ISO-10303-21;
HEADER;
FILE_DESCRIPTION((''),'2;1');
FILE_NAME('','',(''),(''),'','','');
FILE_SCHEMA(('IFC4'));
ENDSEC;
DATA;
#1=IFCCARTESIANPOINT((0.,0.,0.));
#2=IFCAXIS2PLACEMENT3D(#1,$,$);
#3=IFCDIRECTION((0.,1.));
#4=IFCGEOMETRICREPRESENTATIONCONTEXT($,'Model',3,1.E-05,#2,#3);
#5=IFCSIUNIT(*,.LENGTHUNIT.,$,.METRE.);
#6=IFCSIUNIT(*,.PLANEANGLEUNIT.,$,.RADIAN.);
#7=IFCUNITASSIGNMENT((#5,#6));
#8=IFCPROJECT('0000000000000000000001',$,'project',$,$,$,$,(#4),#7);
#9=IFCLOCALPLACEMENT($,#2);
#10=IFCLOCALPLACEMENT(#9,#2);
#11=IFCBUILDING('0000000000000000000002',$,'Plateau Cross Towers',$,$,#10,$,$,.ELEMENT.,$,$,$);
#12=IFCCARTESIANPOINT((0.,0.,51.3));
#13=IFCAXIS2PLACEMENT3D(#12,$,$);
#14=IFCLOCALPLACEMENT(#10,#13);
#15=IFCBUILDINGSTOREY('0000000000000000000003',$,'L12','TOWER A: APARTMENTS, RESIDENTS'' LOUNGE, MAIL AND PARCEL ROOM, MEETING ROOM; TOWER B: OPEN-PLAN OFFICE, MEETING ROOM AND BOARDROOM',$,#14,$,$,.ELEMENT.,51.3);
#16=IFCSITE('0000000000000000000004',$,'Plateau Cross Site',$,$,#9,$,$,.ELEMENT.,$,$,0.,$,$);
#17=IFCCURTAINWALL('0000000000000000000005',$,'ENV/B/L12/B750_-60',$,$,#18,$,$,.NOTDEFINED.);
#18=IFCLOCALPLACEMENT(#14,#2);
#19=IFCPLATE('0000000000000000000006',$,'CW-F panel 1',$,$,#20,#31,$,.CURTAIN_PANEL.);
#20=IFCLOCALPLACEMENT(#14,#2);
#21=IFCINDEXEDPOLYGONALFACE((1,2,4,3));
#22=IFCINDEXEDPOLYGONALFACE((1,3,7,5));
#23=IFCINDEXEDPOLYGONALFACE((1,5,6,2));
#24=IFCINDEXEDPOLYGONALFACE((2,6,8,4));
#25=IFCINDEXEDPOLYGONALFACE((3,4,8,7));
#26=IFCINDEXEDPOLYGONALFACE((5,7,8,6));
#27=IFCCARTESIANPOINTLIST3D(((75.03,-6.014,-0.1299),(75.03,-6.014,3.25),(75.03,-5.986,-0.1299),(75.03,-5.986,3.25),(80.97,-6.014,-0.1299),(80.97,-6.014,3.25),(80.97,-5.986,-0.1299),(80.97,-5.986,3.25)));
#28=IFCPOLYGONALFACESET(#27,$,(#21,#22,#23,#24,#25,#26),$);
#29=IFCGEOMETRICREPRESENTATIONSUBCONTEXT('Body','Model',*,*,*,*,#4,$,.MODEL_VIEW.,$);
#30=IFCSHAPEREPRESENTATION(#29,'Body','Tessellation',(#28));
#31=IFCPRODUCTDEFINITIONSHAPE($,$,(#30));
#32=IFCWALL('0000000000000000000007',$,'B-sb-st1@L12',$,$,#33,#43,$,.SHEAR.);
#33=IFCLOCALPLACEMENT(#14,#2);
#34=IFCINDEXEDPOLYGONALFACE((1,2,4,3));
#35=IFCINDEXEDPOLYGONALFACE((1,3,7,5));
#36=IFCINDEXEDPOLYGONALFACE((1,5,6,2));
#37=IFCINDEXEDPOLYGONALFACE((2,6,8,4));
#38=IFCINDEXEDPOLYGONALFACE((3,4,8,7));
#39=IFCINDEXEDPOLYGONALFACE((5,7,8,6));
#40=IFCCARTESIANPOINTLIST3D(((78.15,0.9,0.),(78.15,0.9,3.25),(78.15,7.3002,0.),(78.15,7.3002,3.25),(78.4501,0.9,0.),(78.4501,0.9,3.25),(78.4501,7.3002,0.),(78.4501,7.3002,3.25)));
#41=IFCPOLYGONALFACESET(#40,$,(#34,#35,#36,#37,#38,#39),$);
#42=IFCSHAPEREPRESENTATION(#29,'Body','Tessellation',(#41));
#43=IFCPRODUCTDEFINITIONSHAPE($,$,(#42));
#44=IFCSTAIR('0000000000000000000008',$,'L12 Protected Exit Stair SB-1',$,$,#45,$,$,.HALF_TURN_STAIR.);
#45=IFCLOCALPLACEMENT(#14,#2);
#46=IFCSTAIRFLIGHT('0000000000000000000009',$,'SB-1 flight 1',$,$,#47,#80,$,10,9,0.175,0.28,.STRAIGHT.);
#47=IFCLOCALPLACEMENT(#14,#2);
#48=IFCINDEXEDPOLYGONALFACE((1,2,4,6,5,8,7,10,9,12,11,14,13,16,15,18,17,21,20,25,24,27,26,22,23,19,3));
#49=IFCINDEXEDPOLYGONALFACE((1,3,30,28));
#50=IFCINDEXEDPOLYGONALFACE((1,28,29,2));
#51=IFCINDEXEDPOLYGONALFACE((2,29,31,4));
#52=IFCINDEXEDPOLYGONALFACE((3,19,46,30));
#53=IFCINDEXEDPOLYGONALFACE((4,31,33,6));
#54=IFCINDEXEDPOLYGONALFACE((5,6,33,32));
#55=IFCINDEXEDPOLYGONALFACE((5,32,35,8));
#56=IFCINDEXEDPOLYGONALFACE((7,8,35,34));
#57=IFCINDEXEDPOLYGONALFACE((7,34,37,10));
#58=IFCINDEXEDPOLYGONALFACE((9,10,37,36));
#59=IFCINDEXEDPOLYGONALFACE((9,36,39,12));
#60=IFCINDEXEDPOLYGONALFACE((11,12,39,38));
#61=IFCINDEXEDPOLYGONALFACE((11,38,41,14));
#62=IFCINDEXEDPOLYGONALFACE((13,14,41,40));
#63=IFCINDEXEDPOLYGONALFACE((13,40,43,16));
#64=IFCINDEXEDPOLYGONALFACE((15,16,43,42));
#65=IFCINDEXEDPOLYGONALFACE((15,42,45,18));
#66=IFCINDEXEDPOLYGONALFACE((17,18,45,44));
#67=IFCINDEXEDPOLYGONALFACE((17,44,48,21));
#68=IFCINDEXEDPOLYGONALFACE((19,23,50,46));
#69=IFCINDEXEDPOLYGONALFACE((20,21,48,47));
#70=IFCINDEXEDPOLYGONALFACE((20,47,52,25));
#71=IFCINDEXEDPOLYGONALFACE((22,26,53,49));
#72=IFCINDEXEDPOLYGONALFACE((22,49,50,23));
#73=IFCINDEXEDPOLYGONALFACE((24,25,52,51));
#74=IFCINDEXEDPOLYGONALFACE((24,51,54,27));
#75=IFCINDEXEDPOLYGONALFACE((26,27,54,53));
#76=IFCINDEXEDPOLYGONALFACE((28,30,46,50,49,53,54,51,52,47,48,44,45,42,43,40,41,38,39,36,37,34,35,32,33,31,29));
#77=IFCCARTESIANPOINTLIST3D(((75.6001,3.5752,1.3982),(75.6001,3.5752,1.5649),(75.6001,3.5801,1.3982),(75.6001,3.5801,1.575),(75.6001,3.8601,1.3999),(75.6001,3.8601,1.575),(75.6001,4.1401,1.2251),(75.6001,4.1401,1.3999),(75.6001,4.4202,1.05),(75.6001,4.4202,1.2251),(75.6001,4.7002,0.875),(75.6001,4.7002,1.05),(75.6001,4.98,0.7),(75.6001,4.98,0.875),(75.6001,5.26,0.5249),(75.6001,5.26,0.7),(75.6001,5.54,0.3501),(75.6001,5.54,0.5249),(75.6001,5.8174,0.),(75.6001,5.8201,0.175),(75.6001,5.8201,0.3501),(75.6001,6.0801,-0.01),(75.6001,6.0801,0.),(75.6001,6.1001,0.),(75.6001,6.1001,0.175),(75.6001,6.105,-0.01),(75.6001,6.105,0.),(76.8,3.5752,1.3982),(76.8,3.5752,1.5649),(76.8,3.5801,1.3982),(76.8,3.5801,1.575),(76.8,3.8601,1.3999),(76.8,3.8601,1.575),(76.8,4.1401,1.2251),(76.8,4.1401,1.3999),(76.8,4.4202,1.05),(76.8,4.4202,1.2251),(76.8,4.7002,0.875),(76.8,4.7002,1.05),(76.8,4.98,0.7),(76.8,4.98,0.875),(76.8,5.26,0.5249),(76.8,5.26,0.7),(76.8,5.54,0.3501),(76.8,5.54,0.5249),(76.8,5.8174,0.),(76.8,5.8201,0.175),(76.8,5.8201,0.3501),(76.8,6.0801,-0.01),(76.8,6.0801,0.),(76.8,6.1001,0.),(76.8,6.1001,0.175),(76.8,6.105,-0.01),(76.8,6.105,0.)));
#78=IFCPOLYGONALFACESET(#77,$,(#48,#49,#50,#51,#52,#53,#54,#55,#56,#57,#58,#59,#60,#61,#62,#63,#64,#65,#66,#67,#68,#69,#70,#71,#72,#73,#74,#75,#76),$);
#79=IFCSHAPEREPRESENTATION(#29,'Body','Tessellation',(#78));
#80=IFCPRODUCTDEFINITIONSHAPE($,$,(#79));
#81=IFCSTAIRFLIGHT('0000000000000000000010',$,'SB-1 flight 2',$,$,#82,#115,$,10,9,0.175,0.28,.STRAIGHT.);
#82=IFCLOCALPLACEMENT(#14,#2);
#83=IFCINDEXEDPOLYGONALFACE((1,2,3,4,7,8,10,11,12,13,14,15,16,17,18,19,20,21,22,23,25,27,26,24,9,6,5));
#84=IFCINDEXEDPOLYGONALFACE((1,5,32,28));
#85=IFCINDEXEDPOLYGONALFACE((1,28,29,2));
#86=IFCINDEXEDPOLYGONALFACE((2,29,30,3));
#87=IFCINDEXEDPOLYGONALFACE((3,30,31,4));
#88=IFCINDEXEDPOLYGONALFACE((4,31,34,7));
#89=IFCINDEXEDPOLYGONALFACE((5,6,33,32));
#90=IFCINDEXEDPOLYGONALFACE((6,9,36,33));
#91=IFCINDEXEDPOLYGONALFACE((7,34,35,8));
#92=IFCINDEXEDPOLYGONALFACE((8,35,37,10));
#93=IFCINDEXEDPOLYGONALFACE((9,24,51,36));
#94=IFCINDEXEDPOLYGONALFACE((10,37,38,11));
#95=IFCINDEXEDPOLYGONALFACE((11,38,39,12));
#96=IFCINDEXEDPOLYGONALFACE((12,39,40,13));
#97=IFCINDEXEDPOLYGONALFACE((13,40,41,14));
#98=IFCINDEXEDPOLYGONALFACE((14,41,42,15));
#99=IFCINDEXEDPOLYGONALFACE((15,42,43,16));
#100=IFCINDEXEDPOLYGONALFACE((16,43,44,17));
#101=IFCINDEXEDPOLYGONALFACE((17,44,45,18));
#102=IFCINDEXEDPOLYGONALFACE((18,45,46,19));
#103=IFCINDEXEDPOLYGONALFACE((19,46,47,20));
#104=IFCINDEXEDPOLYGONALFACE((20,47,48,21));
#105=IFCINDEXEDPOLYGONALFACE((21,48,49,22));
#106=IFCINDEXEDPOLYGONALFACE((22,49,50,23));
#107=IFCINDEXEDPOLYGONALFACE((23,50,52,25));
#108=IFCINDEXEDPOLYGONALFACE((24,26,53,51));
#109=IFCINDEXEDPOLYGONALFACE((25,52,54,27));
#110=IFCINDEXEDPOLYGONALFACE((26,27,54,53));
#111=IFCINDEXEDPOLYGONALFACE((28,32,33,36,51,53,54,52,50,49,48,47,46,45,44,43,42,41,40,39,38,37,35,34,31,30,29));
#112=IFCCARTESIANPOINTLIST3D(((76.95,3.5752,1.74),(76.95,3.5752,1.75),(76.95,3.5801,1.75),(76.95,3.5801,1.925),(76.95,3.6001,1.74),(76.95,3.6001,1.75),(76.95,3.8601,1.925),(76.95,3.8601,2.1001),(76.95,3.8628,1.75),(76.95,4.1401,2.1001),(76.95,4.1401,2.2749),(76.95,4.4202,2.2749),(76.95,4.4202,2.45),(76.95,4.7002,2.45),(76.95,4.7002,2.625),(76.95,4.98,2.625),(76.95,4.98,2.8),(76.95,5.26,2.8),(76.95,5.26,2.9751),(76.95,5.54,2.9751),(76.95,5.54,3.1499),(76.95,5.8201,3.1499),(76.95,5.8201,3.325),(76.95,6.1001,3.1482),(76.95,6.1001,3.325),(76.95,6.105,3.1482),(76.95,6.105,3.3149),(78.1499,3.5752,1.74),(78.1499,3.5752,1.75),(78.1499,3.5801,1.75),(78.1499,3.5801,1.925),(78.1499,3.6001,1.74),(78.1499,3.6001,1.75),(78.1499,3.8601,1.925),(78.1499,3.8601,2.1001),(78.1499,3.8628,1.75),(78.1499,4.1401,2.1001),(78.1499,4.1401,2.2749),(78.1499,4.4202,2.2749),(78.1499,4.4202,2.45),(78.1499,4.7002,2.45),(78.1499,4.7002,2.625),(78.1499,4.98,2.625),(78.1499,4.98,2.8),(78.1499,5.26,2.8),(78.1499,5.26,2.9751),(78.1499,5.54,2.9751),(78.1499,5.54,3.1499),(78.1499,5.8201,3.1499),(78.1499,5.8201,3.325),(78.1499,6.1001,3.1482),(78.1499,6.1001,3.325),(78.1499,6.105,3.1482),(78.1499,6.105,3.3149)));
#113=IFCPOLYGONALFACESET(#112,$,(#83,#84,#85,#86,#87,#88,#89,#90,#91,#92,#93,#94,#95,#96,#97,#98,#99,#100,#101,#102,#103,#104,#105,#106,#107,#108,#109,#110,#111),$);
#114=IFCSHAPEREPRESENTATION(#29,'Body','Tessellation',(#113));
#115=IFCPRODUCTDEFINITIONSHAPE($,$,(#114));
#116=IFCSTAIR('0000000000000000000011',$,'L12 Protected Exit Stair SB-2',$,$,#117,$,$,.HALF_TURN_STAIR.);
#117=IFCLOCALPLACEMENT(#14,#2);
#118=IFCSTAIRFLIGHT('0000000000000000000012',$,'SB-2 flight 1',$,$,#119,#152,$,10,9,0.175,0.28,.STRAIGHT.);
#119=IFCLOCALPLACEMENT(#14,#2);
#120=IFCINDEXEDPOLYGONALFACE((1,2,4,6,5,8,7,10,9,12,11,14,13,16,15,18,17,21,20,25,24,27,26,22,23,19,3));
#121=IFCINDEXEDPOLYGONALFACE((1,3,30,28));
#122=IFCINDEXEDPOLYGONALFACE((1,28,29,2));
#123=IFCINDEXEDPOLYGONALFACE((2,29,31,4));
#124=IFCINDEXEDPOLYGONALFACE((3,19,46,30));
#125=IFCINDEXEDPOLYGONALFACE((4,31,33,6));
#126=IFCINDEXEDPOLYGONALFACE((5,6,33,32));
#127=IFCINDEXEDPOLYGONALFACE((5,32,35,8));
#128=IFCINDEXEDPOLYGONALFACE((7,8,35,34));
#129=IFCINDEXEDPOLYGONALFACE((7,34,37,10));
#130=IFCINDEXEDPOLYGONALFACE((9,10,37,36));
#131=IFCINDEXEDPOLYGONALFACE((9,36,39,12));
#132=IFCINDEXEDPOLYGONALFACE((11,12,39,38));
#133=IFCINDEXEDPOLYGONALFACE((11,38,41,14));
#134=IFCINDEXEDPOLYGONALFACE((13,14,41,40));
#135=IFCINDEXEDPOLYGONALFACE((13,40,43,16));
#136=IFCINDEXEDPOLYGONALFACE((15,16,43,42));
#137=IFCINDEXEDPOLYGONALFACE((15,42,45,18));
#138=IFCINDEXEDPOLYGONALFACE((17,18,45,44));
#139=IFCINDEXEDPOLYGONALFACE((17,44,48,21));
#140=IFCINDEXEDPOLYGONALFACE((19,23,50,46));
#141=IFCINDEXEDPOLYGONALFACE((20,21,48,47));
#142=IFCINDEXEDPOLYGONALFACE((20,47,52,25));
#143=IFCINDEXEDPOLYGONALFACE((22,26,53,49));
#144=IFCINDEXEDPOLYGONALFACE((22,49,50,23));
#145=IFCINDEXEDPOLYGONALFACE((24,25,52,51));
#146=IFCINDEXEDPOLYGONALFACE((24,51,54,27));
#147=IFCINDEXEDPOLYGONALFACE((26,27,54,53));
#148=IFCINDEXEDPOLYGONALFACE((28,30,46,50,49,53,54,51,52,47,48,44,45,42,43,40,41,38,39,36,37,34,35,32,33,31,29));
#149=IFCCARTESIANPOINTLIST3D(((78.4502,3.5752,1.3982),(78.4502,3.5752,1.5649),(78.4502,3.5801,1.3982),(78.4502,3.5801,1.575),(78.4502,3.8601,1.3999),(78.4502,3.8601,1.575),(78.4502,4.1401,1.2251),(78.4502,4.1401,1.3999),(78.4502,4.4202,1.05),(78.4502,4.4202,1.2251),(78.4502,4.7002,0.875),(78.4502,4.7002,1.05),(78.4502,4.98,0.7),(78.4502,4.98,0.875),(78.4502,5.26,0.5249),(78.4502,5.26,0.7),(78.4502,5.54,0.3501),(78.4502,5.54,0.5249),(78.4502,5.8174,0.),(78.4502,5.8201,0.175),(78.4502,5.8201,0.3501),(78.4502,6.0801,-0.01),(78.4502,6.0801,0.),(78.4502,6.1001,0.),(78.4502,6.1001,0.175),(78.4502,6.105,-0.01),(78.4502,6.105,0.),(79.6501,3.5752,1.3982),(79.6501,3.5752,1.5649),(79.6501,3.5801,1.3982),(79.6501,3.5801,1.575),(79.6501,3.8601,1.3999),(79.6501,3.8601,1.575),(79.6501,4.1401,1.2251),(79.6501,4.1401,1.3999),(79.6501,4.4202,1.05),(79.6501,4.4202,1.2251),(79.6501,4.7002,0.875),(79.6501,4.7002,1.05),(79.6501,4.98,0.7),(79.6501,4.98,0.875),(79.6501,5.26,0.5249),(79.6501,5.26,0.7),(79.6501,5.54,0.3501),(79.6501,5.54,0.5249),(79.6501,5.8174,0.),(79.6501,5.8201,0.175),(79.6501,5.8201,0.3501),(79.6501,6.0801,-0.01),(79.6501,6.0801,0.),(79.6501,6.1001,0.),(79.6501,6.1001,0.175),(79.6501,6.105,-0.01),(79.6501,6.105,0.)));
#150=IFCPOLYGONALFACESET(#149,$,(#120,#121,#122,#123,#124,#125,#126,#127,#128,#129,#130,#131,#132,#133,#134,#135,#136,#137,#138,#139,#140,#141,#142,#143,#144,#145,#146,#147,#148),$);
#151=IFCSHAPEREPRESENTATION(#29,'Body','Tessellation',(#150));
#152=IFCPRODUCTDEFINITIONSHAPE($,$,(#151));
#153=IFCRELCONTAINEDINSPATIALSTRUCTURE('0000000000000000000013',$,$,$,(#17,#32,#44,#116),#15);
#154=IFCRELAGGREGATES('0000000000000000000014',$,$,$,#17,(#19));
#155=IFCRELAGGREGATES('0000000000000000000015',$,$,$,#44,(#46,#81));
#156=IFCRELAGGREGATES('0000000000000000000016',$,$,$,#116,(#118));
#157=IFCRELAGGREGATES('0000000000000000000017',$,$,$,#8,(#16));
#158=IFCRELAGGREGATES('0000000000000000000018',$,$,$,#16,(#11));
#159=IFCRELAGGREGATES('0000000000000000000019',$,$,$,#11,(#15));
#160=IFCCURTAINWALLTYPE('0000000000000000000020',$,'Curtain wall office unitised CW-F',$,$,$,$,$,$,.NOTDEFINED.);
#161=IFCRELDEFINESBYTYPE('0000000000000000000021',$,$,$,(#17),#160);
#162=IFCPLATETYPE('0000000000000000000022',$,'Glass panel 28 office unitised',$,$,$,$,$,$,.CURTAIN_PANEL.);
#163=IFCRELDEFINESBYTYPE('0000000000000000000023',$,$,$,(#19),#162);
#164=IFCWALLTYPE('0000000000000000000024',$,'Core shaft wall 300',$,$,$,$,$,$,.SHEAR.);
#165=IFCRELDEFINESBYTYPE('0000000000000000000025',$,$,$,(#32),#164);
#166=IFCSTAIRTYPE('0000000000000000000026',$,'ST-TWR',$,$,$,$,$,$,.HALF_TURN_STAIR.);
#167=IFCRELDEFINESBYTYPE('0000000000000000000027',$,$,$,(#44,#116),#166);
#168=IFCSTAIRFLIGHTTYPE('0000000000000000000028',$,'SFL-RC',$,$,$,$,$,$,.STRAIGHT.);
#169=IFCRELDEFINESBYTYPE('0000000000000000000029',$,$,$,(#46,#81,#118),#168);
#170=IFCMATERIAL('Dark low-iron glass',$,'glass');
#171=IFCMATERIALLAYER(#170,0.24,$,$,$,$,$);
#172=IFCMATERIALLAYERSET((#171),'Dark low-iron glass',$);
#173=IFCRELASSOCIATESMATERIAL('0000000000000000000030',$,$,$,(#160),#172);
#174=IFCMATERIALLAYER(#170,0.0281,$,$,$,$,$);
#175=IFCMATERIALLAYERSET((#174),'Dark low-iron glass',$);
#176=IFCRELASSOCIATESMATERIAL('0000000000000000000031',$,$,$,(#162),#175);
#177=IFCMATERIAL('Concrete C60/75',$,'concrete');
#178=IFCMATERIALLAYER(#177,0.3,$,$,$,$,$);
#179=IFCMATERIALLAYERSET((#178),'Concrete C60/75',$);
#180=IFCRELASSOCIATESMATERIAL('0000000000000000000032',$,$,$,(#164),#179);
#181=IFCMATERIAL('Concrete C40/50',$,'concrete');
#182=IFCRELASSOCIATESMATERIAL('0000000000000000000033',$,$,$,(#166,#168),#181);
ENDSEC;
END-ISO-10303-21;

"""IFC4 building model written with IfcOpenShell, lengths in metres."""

from ifc_helpers import new_model, si_unit, direction, frame, frame_2d, origin, origin_2d, place, context, subcontext, project, spatial, polyline, rectangle, outline, extrude, material, layer, layer_set, type_object, element, aggregate, save


model = new_model("IFC4")

# Units and contexts
model_context = context("Model", 3, precision=1e-05, world=origin(), true_north=direction((0.0, 1.0)))
body_context = subcontext(model_context, "Body", "Model", "MODEL_VIEW")
ifc_project = project(units=[si_unit("LENGTHUNIT", "METRE"), si_unit("PLANEANGLEUNIT", "RADIAN")], contexts=[model_context])

# Site, building, storey
site_placement = place(None, origin())
site = spatial("IfcSite", under=ifc_project, at=site_placement, Name="Plateau Cross Site", CompositionType="ELEMENT", RefElevation=0.0)
building_placement = place(site_placement, origin())
building = spatial("IfcBuilding", under=site, at=building_placement, Name="Plateau Cross Towers", CompositionType="ELEMENT")
storey_placement = place(building_placement, frame((0.0, 0.0, 51.3)))
storey = spatial("IfcBuildingStorey", under=building, at=storey_placement, Name="L12", Description="TOWER A: APARTMENTS, RESIDENTS' LOUNGE, MAIL AND PARCEL ROOM, MEETING ROOM; TOWER B: OPEN-PLAN OFFICE, MEETING ROOM AND BOARDROOM", CompositionType="ELEMENT", Elevation=51.3)

# Curtain wall, plate
ifc_material_1 = material(Name="Dark low-iron glass", Category="glass")
ifc_layer_1 = layer(ifc_material_1, 0.24)
ifc_layer_set_1 = layer_set([ifc_layer_1], Name="Dark low-iron glass")
curtain_wall_type = type_object("IfcCurtainWallType", Name="Curtain wall office unitised CW-F", PredefinedType="NOTDEFINED", material=ifc_layer_set_1)
curtain_wall_placement = place(storey_placement, origin())
curtain_wall = element("IfcCurtainWall", 1, at=curtain_wall_placement, inside=storey, type_object=curtain_wall_type, Name="ENV/B/L12/B750_-60", PredefinedType="NOTDEFINED")
ifc_layer_2 = layer(ifc_material_1, 0.0281)
ifc_layer_set_2 = layer_set([ifc_layer_2], Name="Dark low-iron glass")
plate_type = type_object("IfcPlateType", Name="Glass panel 28 office unitised", PredefinedType="CURTAIN_PANEL", material=ifc_layer_set_2)
plate_placement = place(storey_placement, frame((78.0, -6.0, -0.1299), z_axis=(0.0, 0.0, 1.0), x_axis=(1.0, 0.0, 0.0)))
plate = element("IfcPlate", 2, at=plate_placement, type_object=plate_type, Name="CW-F panel 1", PredefinedType="CURTAIN_PANEL", context=body_context, shape_type="SweptSolid", body=[
    extrude(rectangle(XDim=5.9399, YDim=0.0281, at=origin_2d()), origin(), (0.0, 0.0, 1.0), 3.3799),
])
aggregate(curtain_wall, [plate])

# Wall
ifc_material_2 = material(Name="Concrete C60/75", Category="concrete")
ifc_layer_3 = layer(ifc_material_2, 0.3)
ifc_layer_set_3 = layer_set([ifc_layer_3], Name="Concrete C60/75")
wall_type_1 = type_object("IfcWallType", Name="Core shaft wall 300", PredefinedType="SHEAR", material=ifc_layer_set_3)
wall_1_placement = place(storey_placement, frame((78.3, 0.8999, 0.0), z_axis=(0.0, 0.0, 1.0), x_axis=(0.0, 1.0, 0.0)))
element("IfcWall", 3, at=wall_1_placement, inside=storey, type_object=wall_type_1, Name="B-sb-st1@L12", PredefinedType="SHEAR", context=body_context, shape_type="SweptSolid", body=[
    extrude(rectangle(XDim=6.4001, YDim=0.3, at=frame_2d((3.2002, 0.0))), origin(), (0.0, 0.0, 1.0), 3.25),
])

# Stair, stair flights
ifc_material_3 = material(Name="Concrete C40/50", Category="concrete")
stair_type = type_object("IfcStairType", Name="ST-TWR", PredefinedType="HALF_TURN_STAIR", material=ifc_material_3)
stair_1_placement = place(storey_placement, origin())
stair_1 = element("IfcStair", 4, at=stair_1_placement, inside=storey, type_object=stair_type, Name="L12 Protected Exit Stair SB-1", PredefinedType="HALF_TURN_STAIR")
stair_flight_type = type_object("IfcStairFlightType", Name="SFL-RC", PredefinedType="STRAIGHT", material=ifc_material_3)
stair_flight_1_placement = place(storey_placement, frame((76.2, 6.1001, 0.0), z_axis=(0.0, 0.0, 1.0), x_axis=(0.0, -1.0, 0.0)))
stair_flight_1 = element("IfcStairFlight", 5, at=stair_flight_1_placement, type_object=stair_flight_type, Name="SB-1 flight 1", NumberOfRisers=10, NumberOfTreads=9, PredefinedType="STRAIGHT", RiserHeight=0.175, TreadLength=0.28, context=body_context, shape_type="SweptSolid", body=[
    extrude(outline(polyline([(-0.0049, -0.01), (-0.0049, 0.0), (0.0, 0.0), (0.0, 0.175), (0.28, 0.175), (0.28, 0.3501), (0.5601, 0.3501), (0.5601, 0.5249), (0.8401, 0.5249), (0.8401, 0.7), (1.1201, 0.7), (1.1201, 0.875), (1.3999, 0.875), (1.3999, 1.05), (1.6799, 1.05), (1.6799, 1.2251), (1.96, 1.2251), (1.96, 1.3999), (2.24, 1.3999), (2.24, 1.575), (2.52, 1.575), (2.5249, 1.5649), (2.5249, 1.3982), (2.52, 1.3982), (0.2827, 0.0), (0.02, 0.0), (0.02, -0.01), (-0.0049, -0.01)])), frame((0.0, 0.6001, 0.0), z_axis=(0.0, -1.0, 0.0), x_axis=(1.0, 0.0, 0.0)), (0.0, 0.0, 1.0), 1.2),
])
stair_flight_2_placement = place(storey_placement, frame((77.55, 3.5801, 1.75), z_axis=(0.0, 0.0, 1.0), x_axis=(0.0, 1.0, 0.0)))
stair_flight_2 = element("IfcStairFlight", 6, at=stair_flight_2_placement, type_object=stair_flight_type, Name="SB-1 flight 2", NumberOfRisers=10, NumberOfTreads=9, PredefinedType="STRAIGHT", RiserHeight=0.175, TreadLength=0.28, context=body_context, shape_type="SweptSolid", body=[
    extrude(outline(polyline([(-0.0049, -0.01), (-0.0049, 0.0), (0.0, 0.0), (0.0, 0.175), (0.28, 0.175), (0.28, 0.3501), (0.5601, 0.3501), (0.5601, 0.5249), (0.8401, 0.5249), (0.8401, 0.7), (1.1201, 0.7), (1.1201, 0.875), (1.3999, 0.875), (1.3999, 1.05), (1.6799, 1.05), (1.6799, 1.2251), (1.96, 1.2251), (1.96, 1.3999), (2.24, 1.3999), (2.24, 1.575), (2.52, 1.575), (2.5249, 1.5649), (2.5249, 1.3982), (2.52, 1.3982), (0.2827, 0.0), (0.02, 0.0), (0.02, -0.01), (-0.0049, -0.01)])), frame((0.0, 0.6001, 0.0), z_axis=(0.0, -1.0, 0.0), x_axis=(1.0, 0.0, 0.0)), (0.0, 0.0, 1.0), 1.2),
])
aggregate(stair_1, [stair_flight_1, stair_flight_2])

# Stair, stair flight
stair_2_placement = place(storey_placement, origin())
stair_2 = element("IfcStair", 7, at=stair_2_placement, inside=storey, type_object=stair_type, Name="L12 Protected Exit Stair SB-2", PredefinedType="HALF_TURN_STAIR")
stair_flight_3_placement = place(storey_placement, frame((79.05, 6.1001, 0.0), z_axis=(0.0, 0.0, 1.0), x_axis=(0.0, -1.0, 0.0)))
stair_flight_3 = element("IfcStairFlight", 8, at=stair_flight_3_placement, type_object=stair_flight_type, Name="SB-2 flight 1", NumberOfRisers=10, NumberOfTreads=9, PredefinedType="STRAIGHT", RiserHeight=0.175, TreadLength=0.28, context=body_context, shape_type="SweptSolid", body=[
    extrude(outline(polyline([(-0.0049, -0.01), (-0.0049, 0.0), (0.0, 0.0), (0.0, 0.175), (0.28, 0.175), (0.28, 0.3501), (0.5601, 0.3501), (0.5601, 0.5249), (0.8401, 0.5249), (0.8401, 0.7), (1.1201, 0.7), (1.1201, 0.875), (1.3999, 0.875), (1.3999, 1.05), (1.6799, 1.05), (1.6799, 1.2251), (1.96, 1.2251), (1.96, 1.3999), (2.24, 1.3999), (2.24, 1.575), (2.52, 1.575), (2.5249, 1.5649), (2.5249, 1.3982), (2.52, 1.3982), (0.2827, 0.0), (0.02, 0.0), (0.02, -0.01), (-0.0049, -0.01)])), frame((0.0, 0.6001, 0.0), z_axis=(0.0, -1.0, 0.0), x_axis=(1.0, 0.0, 0.0)), (0.0, 0.0, 1.0), 1.2),
])
aggregate(stair_2, [stair_flight_3])

save(model, "model.ifc")
